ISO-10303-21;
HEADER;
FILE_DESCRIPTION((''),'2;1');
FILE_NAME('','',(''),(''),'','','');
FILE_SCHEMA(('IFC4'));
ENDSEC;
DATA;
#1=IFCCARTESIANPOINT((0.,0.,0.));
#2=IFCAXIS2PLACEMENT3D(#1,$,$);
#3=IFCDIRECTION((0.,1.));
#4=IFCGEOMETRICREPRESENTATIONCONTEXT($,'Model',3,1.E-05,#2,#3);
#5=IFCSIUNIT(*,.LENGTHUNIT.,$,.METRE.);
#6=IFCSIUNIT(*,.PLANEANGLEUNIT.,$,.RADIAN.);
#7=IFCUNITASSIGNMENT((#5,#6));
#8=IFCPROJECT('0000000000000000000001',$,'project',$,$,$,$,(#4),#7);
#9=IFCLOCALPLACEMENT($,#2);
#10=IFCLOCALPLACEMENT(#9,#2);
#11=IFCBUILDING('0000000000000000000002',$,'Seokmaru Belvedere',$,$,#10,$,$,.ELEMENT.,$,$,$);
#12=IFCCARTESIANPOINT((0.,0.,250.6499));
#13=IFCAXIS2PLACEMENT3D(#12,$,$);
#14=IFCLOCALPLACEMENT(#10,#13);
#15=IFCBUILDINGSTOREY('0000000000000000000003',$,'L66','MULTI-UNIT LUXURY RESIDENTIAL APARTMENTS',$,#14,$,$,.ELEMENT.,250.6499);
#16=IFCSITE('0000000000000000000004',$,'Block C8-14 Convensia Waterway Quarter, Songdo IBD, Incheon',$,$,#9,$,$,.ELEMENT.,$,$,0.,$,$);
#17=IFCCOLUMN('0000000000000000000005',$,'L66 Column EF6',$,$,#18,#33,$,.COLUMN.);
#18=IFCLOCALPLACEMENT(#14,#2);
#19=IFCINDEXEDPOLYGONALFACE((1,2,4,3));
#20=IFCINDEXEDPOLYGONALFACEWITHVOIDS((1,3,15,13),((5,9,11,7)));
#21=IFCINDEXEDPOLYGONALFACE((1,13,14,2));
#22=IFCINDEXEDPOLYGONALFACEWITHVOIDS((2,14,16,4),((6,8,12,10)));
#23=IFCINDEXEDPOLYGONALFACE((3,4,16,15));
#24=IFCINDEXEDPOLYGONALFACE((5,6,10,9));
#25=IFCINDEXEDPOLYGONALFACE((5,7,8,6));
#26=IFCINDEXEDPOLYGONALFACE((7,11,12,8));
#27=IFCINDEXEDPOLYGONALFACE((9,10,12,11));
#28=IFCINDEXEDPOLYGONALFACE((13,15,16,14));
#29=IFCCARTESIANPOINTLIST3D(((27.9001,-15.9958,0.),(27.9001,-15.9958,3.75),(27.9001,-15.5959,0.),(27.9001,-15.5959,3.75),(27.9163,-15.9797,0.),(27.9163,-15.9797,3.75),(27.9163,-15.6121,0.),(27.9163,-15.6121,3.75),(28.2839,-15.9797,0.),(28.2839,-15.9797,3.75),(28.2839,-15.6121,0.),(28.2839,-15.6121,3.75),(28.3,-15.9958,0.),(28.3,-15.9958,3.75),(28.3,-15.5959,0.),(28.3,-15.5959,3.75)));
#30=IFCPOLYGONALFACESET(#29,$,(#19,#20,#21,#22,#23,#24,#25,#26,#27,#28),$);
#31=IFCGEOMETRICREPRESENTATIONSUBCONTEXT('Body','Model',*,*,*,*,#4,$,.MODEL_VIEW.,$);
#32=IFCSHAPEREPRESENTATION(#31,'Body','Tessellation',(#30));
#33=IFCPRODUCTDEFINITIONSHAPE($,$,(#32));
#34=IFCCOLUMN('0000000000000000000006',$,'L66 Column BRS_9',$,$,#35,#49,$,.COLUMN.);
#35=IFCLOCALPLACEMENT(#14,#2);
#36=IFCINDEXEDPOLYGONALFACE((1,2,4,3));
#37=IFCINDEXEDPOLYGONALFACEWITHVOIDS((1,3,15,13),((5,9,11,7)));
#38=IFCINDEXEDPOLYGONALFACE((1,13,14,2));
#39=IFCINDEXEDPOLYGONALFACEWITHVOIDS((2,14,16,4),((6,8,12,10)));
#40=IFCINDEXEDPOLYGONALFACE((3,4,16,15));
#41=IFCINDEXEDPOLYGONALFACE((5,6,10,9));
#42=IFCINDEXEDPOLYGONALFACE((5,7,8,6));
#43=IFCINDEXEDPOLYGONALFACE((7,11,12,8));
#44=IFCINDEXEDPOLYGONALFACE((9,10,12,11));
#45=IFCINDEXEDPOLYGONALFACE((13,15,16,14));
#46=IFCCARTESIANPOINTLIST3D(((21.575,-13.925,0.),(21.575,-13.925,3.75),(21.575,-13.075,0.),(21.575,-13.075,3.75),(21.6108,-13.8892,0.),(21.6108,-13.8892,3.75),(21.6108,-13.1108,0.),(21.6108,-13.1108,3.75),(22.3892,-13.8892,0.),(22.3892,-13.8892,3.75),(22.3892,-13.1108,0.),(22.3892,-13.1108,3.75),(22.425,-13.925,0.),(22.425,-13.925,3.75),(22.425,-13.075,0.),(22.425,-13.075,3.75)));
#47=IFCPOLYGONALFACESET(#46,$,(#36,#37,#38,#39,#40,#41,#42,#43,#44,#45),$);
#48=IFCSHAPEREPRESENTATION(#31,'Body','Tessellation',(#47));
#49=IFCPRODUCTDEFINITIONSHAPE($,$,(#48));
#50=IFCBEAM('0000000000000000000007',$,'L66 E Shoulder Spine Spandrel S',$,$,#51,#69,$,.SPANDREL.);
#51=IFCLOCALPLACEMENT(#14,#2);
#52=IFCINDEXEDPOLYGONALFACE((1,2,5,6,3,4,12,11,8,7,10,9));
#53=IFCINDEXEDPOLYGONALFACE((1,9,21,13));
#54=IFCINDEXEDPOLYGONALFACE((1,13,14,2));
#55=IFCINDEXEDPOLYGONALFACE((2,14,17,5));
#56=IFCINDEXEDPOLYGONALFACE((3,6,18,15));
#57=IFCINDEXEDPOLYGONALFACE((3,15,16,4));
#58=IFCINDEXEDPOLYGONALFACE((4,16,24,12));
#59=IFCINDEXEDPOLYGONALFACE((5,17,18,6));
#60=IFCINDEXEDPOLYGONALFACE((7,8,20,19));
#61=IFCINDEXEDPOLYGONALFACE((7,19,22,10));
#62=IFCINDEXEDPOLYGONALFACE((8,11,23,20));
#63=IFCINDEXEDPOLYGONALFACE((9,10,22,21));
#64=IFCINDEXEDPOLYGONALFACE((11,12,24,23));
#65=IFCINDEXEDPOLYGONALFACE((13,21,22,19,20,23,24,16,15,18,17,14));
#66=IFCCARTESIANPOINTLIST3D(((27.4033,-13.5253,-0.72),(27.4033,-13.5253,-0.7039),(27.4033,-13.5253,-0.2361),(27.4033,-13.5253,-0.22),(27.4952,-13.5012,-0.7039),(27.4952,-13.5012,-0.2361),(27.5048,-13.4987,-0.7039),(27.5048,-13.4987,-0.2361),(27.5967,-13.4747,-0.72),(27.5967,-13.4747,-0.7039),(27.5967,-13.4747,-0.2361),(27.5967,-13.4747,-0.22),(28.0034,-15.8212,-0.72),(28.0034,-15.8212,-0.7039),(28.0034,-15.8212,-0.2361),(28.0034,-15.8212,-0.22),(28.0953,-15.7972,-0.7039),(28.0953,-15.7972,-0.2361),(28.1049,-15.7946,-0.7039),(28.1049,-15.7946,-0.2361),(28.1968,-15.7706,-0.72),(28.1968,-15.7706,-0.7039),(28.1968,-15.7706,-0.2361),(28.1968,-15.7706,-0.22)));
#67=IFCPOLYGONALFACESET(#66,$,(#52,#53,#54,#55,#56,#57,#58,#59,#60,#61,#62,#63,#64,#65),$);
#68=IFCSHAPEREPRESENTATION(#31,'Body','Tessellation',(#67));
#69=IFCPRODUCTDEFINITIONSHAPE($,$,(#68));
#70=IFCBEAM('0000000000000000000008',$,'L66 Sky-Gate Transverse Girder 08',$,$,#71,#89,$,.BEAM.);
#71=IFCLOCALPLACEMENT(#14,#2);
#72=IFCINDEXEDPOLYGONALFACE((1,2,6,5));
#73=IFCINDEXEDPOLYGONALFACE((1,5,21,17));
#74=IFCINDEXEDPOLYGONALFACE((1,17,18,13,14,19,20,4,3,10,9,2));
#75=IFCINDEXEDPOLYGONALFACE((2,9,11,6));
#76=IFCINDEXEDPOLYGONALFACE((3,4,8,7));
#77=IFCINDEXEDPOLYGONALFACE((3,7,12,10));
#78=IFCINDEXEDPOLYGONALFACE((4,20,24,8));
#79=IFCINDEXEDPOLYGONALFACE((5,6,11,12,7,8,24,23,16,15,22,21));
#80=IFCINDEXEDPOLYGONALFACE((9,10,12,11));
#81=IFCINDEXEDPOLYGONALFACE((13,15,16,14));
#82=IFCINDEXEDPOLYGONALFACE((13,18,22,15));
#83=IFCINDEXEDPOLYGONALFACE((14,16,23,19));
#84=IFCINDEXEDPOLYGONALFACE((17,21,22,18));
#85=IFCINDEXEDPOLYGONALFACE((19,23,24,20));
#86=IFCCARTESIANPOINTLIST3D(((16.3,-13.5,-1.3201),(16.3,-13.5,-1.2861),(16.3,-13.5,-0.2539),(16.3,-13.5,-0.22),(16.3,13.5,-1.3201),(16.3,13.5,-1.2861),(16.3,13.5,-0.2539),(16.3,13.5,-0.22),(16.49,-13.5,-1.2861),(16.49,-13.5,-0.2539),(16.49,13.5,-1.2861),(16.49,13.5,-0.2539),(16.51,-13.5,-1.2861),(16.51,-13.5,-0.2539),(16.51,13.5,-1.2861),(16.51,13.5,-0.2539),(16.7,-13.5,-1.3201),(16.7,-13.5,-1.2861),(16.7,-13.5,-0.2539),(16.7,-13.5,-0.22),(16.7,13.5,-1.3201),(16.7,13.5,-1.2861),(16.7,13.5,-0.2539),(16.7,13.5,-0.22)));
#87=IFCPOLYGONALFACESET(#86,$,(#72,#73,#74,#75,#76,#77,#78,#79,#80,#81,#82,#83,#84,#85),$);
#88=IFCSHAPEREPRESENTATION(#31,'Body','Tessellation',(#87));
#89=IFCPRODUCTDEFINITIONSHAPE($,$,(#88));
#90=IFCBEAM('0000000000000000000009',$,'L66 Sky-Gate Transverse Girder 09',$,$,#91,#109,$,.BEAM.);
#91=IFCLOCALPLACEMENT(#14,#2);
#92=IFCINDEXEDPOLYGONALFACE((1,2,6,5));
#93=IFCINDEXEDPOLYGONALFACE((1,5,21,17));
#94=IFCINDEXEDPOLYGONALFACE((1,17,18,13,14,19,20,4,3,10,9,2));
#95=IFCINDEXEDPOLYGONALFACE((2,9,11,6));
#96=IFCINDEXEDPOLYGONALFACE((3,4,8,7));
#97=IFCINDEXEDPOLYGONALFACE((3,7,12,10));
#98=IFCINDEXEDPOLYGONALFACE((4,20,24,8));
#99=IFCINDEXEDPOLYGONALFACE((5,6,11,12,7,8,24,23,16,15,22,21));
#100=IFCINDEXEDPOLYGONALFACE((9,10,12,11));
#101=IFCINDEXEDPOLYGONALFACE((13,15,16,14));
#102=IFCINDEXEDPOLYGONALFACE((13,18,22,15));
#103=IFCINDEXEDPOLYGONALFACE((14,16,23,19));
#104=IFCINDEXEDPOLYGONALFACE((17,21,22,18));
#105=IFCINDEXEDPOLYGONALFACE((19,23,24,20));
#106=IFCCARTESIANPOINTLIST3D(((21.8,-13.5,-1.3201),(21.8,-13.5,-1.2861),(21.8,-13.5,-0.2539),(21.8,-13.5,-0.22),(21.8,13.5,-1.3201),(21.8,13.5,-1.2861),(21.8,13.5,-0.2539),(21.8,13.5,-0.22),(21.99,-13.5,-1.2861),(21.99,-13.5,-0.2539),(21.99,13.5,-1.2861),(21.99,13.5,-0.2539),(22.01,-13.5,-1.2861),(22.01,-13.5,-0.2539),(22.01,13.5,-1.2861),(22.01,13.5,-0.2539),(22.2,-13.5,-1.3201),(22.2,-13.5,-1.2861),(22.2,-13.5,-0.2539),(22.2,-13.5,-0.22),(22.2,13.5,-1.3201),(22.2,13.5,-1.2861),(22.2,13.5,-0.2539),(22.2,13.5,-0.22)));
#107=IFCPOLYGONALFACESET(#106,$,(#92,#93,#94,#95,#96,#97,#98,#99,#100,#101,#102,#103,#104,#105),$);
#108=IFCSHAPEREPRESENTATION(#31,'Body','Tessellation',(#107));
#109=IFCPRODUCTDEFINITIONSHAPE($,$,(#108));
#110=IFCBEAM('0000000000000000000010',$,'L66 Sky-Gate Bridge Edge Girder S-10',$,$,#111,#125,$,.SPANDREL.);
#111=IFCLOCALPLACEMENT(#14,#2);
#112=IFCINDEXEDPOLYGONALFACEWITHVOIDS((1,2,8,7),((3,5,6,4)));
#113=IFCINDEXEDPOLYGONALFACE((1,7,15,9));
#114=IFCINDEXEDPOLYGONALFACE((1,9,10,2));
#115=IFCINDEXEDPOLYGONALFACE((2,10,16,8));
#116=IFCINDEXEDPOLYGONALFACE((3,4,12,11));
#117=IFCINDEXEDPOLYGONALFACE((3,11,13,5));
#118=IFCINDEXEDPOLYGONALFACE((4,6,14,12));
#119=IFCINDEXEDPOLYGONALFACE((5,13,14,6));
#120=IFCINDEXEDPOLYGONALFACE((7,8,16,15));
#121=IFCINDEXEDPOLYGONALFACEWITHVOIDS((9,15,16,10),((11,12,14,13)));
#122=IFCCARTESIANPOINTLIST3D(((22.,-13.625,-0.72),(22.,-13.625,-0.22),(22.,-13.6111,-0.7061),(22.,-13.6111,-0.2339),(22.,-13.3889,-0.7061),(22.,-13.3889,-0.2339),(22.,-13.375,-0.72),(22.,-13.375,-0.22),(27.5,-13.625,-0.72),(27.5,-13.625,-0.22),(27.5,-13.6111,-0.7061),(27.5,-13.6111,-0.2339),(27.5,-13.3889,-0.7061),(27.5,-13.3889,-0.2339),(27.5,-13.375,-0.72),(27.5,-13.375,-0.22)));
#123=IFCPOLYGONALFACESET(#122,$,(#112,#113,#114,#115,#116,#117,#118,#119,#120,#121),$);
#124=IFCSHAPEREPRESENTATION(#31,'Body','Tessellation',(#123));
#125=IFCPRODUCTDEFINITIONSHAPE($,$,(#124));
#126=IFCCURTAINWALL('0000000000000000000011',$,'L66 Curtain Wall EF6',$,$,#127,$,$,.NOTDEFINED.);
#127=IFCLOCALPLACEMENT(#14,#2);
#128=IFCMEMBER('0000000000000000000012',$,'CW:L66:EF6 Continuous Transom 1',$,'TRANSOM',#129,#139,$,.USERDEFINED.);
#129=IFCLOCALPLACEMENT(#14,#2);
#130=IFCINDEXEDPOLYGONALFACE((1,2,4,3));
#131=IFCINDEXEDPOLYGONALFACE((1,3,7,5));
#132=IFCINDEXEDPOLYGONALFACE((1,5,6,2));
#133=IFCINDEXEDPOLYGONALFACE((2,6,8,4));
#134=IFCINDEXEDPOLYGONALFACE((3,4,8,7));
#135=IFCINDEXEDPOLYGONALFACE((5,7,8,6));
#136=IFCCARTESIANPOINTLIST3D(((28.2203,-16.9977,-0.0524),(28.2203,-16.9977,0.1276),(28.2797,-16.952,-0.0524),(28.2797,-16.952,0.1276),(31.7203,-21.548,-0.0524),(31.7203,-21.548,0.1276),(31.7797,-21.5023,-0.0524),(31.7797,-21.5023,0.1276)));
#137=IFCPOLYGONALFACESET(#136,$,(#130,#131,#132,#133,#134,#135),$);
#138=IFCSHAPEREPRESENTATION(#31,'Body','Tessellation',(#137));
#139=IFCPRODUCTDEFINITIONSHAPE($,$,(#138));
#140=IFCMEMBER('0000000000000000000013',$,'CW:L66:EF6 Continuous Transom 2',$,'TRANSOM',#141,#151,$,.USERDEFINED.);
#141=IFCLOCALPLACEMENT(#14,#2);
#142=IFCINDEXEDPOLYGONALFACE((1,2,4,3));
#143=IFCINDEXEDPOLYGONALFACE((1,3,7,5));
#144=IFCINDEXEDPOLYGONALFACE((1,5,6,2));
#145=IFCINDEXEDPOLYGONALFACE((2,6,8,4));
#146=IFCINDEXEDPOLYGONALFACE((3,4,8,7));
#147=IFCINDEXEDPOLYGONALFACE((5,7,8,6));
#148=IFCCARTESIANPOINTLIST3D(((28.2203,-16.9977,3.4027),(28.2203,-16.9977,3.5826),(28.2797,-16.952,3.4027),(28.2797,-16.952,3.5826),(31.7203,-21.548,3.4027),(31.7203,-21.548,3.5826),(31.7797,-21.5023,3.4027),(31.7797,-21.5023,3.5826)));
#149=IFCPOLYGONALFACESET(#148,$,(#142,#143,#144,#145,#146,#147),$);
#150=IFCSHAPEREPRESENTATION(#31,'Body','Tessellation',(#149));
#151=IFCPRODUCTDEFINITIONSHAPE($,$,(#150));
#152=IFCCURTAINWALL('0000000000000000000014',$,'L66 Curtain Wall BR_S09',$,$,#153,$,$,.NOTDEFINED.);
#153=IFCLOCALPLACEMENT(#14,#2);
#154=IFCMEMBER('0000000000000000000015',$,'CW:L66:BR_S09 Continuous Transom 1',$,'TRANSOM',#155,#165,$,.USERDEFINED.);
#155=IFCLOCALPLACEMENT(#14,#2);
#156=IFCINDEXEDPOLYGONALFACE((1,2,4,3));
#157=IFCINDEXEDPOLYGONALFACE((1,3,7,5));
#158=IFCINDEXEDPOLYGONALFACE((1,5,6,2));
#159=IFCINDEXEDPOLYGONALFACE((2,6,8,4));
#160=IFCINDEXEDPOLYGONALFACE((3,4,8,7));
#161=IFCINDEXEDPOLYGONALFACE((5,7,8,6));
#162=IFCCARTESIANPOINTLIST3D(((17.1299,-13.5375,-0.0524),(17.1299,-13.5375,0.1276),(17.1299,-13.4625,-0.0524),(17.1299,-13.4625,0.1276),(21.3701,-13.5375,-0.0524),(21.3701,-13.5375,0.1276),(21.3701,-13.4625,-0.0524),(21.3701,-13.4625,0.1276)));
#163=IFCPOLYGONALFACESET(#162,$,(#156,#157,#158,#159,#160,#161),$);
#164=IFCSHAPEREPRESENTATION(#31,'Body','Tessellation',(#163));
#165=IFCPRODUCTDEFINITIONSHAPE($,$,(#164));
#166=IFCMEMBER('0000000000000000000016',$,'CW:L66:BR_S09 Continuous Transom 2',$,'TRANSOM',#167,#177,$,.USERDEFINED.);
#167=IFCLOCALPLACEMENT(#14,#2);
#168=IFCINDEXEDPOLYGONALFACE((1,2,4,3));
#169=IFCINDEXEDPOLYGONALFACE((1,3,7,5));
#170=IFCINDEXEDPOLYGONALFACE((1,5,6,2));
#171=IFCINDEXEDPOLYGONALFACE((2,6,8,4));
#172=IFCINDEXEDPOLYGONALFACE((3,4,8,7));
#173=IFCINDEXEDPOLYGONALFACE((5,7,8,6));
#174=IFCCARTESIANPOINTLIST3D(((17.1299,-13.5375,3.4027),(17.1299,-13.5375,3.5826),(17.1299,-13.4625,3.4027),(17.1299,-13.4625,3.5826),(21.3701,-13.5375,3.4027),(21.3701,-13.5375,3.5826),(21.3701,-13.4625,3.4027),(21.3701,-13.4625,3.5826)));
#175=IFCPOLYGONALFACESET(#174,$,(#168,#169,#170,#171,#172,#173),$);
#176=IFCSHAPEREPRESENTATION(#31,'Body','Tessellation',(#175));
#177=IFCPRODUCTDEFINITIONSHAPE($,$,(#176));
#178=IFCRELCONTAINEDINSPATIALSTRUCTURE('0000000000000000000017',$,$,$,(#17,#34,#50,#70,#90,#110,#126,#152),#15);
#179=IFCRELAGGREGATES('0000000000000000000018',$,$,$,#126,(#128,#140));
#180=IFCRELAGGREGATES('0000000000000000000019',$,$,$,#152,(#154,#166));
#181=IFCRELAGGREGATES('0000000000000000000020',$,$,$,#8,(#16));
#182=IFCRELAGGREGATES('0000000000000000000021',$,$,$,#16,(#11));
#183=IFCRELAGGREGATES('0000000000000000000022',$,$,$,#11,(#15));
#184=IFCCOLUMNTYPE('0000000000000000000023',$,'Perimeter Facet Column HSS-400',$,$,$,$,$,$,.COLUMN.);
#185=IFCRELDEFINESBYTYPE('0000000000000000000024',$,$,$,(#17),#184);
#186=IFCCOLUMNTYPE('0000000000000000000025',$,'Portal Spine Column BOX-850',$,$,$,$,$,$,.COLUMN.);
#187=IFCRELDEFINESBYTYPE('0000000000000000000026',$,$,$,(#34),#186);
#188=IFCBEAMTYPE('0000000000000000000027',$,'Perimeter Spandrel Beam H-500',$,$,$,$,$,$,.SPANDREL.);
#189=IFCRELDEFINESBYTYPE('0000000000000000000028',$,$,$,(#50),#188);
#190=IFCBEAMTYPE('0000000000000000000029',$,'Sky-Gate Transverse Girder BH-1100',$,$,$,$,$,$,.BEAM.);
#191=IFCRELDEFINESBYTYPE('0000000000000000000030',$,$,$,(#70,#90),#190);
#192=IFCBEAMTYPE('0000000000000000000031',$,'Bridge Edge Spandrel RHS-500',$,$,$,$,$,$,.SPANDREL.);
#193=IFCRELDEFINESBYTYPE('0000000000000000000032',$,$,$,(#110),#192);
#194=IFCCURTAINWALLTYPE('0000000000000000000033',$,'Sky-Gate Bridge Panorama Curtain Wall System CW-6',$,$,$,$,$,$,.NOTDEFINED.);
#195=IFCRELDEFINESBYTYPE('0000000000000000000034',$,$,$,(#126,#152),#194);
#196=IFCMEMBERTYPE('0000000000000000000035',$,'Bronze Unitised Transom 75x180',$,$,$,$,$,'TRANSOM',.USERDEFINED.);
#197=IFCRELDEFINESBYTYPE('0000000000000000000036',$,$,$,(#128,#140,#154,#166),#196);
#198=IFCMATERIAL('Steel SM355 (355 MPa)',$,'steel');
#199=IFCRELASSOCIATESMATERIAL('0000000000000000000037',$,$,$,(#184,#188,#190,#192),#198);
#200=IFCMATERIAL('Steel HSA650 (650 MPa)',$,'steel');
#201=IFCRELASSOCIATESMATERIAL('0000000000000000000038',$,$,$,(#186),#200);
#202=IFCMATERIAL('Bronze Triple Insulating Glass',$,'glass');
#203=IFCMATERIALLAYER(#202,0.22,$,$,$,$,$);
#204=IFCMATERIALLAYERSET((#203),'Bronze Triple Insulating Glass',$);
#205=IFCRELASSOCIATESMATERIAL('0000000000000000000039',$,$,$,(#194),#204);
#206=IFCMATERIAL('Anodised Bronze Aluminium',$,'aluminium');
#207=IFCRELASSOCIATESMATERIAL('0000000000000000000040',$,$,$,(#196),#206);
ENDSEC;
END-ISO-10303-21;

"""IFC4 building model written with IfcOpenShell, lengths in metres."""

from ifc_helpers import new_model, si_unit, direction, frame, origin, origin_2d, place, context, subcontext, project, spatial, rectangle, hollow_rectangle, i_section, extrude, source, transform, mapped, material, layer, layer_set, material_profile, profile_set, type_object, type_shapes, element, aggregate, save


model = new_model("IFC4")

# Units and contexts
model_context = context("Model", 3, precision=1e-05, world=origin(), true_north=direction((0.0, 1.0)))
body_context = subcontext(model_context, "Body", "Model", "MODEL_VIEW")
ifc_project = project(units=[si_unit("LENGTHUNIT", "METRE"), si_unit("PLANEANGLEUNIT", "RADIAN")], contexts=[model_context])

# Site, building, storey
site_placement = place(None, origin())
site = spatial("IfcSite", under=ifc_project, at=site_placement, Name="Block C8-14 Convensia Waterway Quarter, Songdo IBD, Incheon", CompositionType="ELEMENT", RefElevation=0.0)
building_placement = place(site_placement, origin())
building = spatial("IfcBuilding", under=site, at=building_placement, Name="Seokmaru Belvedere", CompositionType="ELEMENT")
storey_placement = place(building_placement, frame((0.0, 0.0, 250.6499)))
storey = spatial("IfcBuildingStorey", under=building, at=storey_placement, Name="L66", Description="MULTI-UNIT LUXURY RESIDENTIAL APARTMENTS", CompositionType="ELEMENT", Elevation=250.6499)

# Columns
ifc_material_1 = material(Name="Steel SM355 (355 MPa)", Category="steel")
ifc_material_profile_1 = material_profile(ifc_material_1, hollow_rectangle(XDim=0.3999, YDim=0.3999, WallThickness=0.0161, at=origin_2d()), Name="HSS-400x400x16")
ifc_profile_set_1 = profile_set([ifc_material_profile_1], Name="Steel SM355 (355 MPa)")
column_type_1 = type_object("IfcColumnType", Name="Perimeter Facet Column HSS-400", PredefinedType="COLUMN", material=ifc_profile_set_1)
shared_shape_1 = source(origin(), body_context, "Body", "SweptSolid", [
    extrude(hollow_rectangle(XDim=0.3999, YDim=0.3999, WallThickness=0.0161, at=origin_2d()), origin(), (0.0, 0.0, 1.0), 3.75),
])
type_shapes(column_type_1, [shared_shape_1])
column_1_placement = place(storey_placement, frame((28.1001, -15.7959, 0.0), z_axis=(0.0, 0.0, 1.0), x_axis=(1.0, 0.0, 0.0)))
element("IfcColumn", 1, at=column_1_placement, inside=storey, type_object=column_type_1, Name="L66 Column EF6", PredefinedType="COLUMN", context=body_context, shape_type="MappedRepresentation", body=[
    mapped(shared_shape_1, transform((0.0, 0.0, 0.0), scale=1.0)),
])
ifc_material_2 = material(Name="Steel HSA650 (650 MPa)", Category="steel")
ifc_material_profile_2 = material_profile(ifc_material_2, hollow_rectangle(XDim=0.8501, YDim=0.8501, WallThickness=0.0359, at=origin_2d()), Name="BOX-850x850x36")
ifc_profile_set_2 = profile_set([ifc_material_profile_2], Name="Steel HSA650 (650 MPa)")
column_type_2 = type_object("IfcColumnType", Name="Portal Spine Column BOX-850", PredefinedType="COLUMN", material=ifc_profile_set_2)
shared_shape_2 = source(origin(), body_context, "Body", "SweptSolid", [
    extrude(hollow_rectangle(XDim=0.8501, YDim=0.8501, WallThickness=0.0359, at=origin_2d()), origin(), (0.0, 0.0, 1.0), 3.75),
])
type_shapes(column_type_2, [shared_shape_2])
column_2_placement = place(storey_placement, frame((22.0, -13.5, 0.0), z_axis=(0.0, 0.0, 1.0), x_axis=(1.0, 0.0, 0.0)))
element("IfcColumn", 2, at=column_2_placement, inside=storey, type_object=column_type_2, Name="L66 Column BRS_9", PredefinedType="COLUMN", context=body_context, shape_type="MappedRepresentation", body=[
    mapped(shared_shape_2, transform((0.0, 0.0, 0.0), scale=1.0)),
])

# Beams
ifc_material_profile_3 = material_profile(ifc_material_1, i_section(OverallWidth=0.2, OverallDepth=0.5, WebThickness=0.01, FlangeThickness=0.0161, at=origin_2d()), Name="H-500x200x10x16")
ifc_profile_set_3 = profile_set([ifc_material_profile_3], Name="Steel SM355 (355 MPa)")
beam_type_1 = type_object("IfcBeamType", Name="Perimeter Spandrel Beam H-500", PredefinedType="SPANDREL", material=ifc_profile_set_3)
shared_shape_3 = source(origin(), body_context, "Body", "SweptSolid", [
    extrude(i_section(OverallWidth=0.2, OverallDepth=0.5, WebThickness=0.01, FlangeThickness=0.0161, at=origin_2d()), origin(), (0.0, 0.0, 1.0), 2.373),
])
type_shapes(beam_type_1, [shared_shape_3])
beam_1_placement = place(storey_placement, frame((28.1001, -15.7959, -0.47), z_axis=(-0.252883, 0.967497, 0.0), x_axis=(-0.967497, -0.252883, 0.0)))
element("IfcBeam", 3, at=beam_1_placement, inside=storey, type_object=beam_type_1, Name="L66 E Shoulder Spine Spandrel S", PredefinedType="SPANDREL", context=body_context, shape_type="MappedRepresentation", body=[
    mapped(shared_shape_3, transform((0.0, 0.0, 0.0), scale=1.0)),
])
ifc_material_profile_4 = material_profile(ifc_material_1, i_section(OverallWidth=0.3999, OverallDepth=1.1001, WebThickness=0.02, FlangeThickness=0.0339, at=origin_2d()), Name="BH-1100x400x20x34")
ifc_profile_set_4 = profile_set([ifc_material_profile_4], Name="Steel SM355 (355 MPa)")
beam_type_2 = type_object("IfcBeamType", Name="Sky-Gate Transverse Girder BH-1100", PredefinedType="BEAM", material=ifc_profile_set_4)
shared_shape_4 = source(origin(), body_context, "Body", "SweptSolid", [
    extrude(i_section(OverallWidth=0.3999, OverallDepth=1.1001, WebThickness=0.02, FlangeThickness=0.0339, at=origin_2d()), origin(), (0.0, 0.0, 1.0), 27.0),
])
type_shapes(beam_type_2, [shared_shape_4])
for number, where, z_axis, x_axis, name in (
    (4, (16.5, -13.5, -0.77), (0.0, 1.0, 0.0), (-1.0, 0.0, 0.0), "L66 Sky-Gate Transverse Girder 08"),
    (5, (22.0, -13.5, -0.77), (0.0, 1.0, 0.0), (-1.0, 0.0, 0.0), "L66 Sky-Gate Transverse Girder 09"),
):
    element("IfcBeam", number, at=place(storey_placement, frame(where, z_axis=z_axis, x_axis=x_axis)), inside=storey, type_object=beam_type_2, Name=name, PredefinedType="BEAM", context=body_context, shape_type="MappedRepresentation", body=[
        mapped(shared_shape_4, transform((0.0, 0.0, 0.0), scale=1.0)),
    ])
ifc_material_profile_5 = material_profile(ifc_material_1, hollow_rectangle(XDim=0.25, YDim=0.5, WallThickness=0.0139, at=origin_2d()), Name="RHS-500x250x14")
ifc_profile_set_5 = profile_set([ifc_material_profile_5], Name="Steel SM355 (355 MPa)")
beam_type_3 = type_object("IfcBeamType", Name="Bridge Edge Spandrel RHS-500", PredefinedType="SPANDREL", material=ifc_profile_set_5)
shared_shape_5 = source(origin(), body_context, "Body", "SweptSolid", [
    extrude(hollow_rectangle(XDim=0.25, YDim=0.5, WallThickness=0.0139, at=origin_2d()), origin(), (0.0, 0.0, 1.0), 5.5),
])
type_shapes(beam_type_3, [shared_shape_5])
beam_2_placement = place(storey_placement, frame((22.0, -13.5, -0.47), z_axis=(1.0, 0.0, 0.0), x_axis=(0.0, 1.0, 0.0)))
element("IfcBeam", 6, at=beam_2_placement, inside=storey, type_object=beam_type_3, Name="L66 Sky-Gate Bridge Edge Girder S-10", PredefinedType="SPANDREL", context=body_context, shape_type="MappedRepresentation", body=[
    mapped(shared_shape_5, transform((0.0, 0.0, 0.0), scale=1.0)),
])

# Curtain walls, members
ifc_material_3 = material(Name="Bronze Triple Insulating Glass", Category="glass")
ifc_layer_1 = layer(ifc_material_3, 0.22)
ifc_layer_set_1 = layer_set([ifc_layer_1], Name="Bronze Triple Insulating Glass")
curtain_wall_type = type_object("IfcCurtainWallType", Name="Sky-Gate Bridge Panorama Curtain Wall System CW-6", PredefinedType="NOTDEFINED", material=ifc_layer_set_1)
curtain_wall_1_placement = place(storey_placement, origin())
curtain_wall_1 = element("IfcCurtainWall", 7, at=curtain_wall_1_placement, inside=storey, type_object=curtain_wall_type, Name="L66 Curtain Wall EF6", PredefinedType="NOTDEFINED")
ifc_material_4 = material(Name="Anodised Bronze Aluminium", Category="aluminium")
ifc_material_profile_6 = material_profile(ifc_material_4, rectangle(XDim=0.075, YDim=0.1799, at=origin_2d()), Name="CW-T-75x180")
ifc_profile_set_6 = profile_set([ifc_material_profile_6], Name="Anodised Bronze Aluminium")
member_type_1 = type_object("IfcMemberType", Name="Bronze Unitised Transom 75x180", ElementType="TRANSOM", PredefinedType="USERDEFINED", material=ifc_profile_set_6)
shared_shape_6 = source(origin(), body_context, "Body", "SweptSolid", [
    extrude(rectangle(XDim=0.075, YDim=0.1799, at=origin_2d()), origin(), (0.0, 0.0, 1.0), 5.7407),
])
member_1_placement = place(storey_placement, frame((28.25, -16.9749, 0.0376), z_axis=(0.609686, -0.792643, 0.0), x_axis=(0.792643, 0.609686, 0.0)))
member_1 = element("IfcMember", 8, at=member_1_placement, type_object=member_type_1, Name="CW:L66:EF6 Continuous Transom 1", ObjectType="TRANSOM", PredefinedType="USERDEFINED", context=body_context, shape_type="MappedRepresentation", body=[
    mapped(shared_shape_6, transform((0.0, 0.0, 0.0), scale=1.0)),
])
member_2_placement = place(storey_placement, frame((28.25, -16.9749, 3.4927), z_axis=(0.609686, -0.792643, 0.0), x_axis=(0.792643, 0.609686, 0.0)))
member_2 = element("IfcMember", 9, at=member_2_placement, type_object=member_type_1, Name="CW:L66:EF6 Continuous Transom 2", ObjectType="TRANSOM", PredefinedType="USERDEFINED", context=body_context, shape_type="MappedRepresentation", body=[
    mapped(shared_shape_6, transform((0.0, 0.0, 0.0), scale=1.0)),
])
curtain_wall_2_placement = place(storey_placement, origin())
curtain_wall_2 = element("IfcCurtainWall", 10, at=curtain_wall_2_placement, inside=storey, type_object=curtain_wall_type, Name="L66 Curtain Wall BR_S09", PredefinedType="NOTDEFINED")
shared_shape_7 = source(origin(), body_context, "Body", "SweptSolid", [
    extrude(rectangle(XDim=0.075, YDim=0.1799, at=origin_2d()), origin(), (0.0, 0.0, 1.0), 4.2402),
])
type_shapes(member_type_1, [shared_shape_6, shared_shape_7])
member_3_placement = place(storey_placement, frame((17.1299, -13.5, 0.0376), z_axis=(1.0, 0.0, 0.0), x_axis=(0.0, 1.0, 0.0)))
member_3 = element("IfcMember", 11, at=member_3_placement, type_object=member_type_1, Name="CW:L66:BR_S09 Continuous Transom 1", ObjectType="TRANSOM", PredefinedType="USERDEFINED", context=body_context, shape_type="MappedRepresentation", body=[
    mapped(shared_shape_7, transform((0.0, 0.0, 0.0), scale=1.0)),
])
member_4_placement = place(storey_placement, frame((17.1299, -13.5, 3.4927), z_axis=(1.0, 0.0, 0.0), x_axis=(0.0, 1.0, 0.0)))
member_4 = element("IfcMember", 12, at=member_4_placement, type_object=member_type_1, Name="CW:L66:BR_S09 Continuous Transom 2", ObjectType="TRANSOM", PredefinedType="USERDEFINED", context=body_context, shape_type="MappedRepresentation", body=[
    mapped(shared_shape_7, transform((0.0, 0.0, 0.0), scale=1.0)),
])

aggregate(curtain_wall_1, [member_1, member_2])

aggregate(curtain_wall_2, [member_3, member_4])

save(model, "model.ifc")
